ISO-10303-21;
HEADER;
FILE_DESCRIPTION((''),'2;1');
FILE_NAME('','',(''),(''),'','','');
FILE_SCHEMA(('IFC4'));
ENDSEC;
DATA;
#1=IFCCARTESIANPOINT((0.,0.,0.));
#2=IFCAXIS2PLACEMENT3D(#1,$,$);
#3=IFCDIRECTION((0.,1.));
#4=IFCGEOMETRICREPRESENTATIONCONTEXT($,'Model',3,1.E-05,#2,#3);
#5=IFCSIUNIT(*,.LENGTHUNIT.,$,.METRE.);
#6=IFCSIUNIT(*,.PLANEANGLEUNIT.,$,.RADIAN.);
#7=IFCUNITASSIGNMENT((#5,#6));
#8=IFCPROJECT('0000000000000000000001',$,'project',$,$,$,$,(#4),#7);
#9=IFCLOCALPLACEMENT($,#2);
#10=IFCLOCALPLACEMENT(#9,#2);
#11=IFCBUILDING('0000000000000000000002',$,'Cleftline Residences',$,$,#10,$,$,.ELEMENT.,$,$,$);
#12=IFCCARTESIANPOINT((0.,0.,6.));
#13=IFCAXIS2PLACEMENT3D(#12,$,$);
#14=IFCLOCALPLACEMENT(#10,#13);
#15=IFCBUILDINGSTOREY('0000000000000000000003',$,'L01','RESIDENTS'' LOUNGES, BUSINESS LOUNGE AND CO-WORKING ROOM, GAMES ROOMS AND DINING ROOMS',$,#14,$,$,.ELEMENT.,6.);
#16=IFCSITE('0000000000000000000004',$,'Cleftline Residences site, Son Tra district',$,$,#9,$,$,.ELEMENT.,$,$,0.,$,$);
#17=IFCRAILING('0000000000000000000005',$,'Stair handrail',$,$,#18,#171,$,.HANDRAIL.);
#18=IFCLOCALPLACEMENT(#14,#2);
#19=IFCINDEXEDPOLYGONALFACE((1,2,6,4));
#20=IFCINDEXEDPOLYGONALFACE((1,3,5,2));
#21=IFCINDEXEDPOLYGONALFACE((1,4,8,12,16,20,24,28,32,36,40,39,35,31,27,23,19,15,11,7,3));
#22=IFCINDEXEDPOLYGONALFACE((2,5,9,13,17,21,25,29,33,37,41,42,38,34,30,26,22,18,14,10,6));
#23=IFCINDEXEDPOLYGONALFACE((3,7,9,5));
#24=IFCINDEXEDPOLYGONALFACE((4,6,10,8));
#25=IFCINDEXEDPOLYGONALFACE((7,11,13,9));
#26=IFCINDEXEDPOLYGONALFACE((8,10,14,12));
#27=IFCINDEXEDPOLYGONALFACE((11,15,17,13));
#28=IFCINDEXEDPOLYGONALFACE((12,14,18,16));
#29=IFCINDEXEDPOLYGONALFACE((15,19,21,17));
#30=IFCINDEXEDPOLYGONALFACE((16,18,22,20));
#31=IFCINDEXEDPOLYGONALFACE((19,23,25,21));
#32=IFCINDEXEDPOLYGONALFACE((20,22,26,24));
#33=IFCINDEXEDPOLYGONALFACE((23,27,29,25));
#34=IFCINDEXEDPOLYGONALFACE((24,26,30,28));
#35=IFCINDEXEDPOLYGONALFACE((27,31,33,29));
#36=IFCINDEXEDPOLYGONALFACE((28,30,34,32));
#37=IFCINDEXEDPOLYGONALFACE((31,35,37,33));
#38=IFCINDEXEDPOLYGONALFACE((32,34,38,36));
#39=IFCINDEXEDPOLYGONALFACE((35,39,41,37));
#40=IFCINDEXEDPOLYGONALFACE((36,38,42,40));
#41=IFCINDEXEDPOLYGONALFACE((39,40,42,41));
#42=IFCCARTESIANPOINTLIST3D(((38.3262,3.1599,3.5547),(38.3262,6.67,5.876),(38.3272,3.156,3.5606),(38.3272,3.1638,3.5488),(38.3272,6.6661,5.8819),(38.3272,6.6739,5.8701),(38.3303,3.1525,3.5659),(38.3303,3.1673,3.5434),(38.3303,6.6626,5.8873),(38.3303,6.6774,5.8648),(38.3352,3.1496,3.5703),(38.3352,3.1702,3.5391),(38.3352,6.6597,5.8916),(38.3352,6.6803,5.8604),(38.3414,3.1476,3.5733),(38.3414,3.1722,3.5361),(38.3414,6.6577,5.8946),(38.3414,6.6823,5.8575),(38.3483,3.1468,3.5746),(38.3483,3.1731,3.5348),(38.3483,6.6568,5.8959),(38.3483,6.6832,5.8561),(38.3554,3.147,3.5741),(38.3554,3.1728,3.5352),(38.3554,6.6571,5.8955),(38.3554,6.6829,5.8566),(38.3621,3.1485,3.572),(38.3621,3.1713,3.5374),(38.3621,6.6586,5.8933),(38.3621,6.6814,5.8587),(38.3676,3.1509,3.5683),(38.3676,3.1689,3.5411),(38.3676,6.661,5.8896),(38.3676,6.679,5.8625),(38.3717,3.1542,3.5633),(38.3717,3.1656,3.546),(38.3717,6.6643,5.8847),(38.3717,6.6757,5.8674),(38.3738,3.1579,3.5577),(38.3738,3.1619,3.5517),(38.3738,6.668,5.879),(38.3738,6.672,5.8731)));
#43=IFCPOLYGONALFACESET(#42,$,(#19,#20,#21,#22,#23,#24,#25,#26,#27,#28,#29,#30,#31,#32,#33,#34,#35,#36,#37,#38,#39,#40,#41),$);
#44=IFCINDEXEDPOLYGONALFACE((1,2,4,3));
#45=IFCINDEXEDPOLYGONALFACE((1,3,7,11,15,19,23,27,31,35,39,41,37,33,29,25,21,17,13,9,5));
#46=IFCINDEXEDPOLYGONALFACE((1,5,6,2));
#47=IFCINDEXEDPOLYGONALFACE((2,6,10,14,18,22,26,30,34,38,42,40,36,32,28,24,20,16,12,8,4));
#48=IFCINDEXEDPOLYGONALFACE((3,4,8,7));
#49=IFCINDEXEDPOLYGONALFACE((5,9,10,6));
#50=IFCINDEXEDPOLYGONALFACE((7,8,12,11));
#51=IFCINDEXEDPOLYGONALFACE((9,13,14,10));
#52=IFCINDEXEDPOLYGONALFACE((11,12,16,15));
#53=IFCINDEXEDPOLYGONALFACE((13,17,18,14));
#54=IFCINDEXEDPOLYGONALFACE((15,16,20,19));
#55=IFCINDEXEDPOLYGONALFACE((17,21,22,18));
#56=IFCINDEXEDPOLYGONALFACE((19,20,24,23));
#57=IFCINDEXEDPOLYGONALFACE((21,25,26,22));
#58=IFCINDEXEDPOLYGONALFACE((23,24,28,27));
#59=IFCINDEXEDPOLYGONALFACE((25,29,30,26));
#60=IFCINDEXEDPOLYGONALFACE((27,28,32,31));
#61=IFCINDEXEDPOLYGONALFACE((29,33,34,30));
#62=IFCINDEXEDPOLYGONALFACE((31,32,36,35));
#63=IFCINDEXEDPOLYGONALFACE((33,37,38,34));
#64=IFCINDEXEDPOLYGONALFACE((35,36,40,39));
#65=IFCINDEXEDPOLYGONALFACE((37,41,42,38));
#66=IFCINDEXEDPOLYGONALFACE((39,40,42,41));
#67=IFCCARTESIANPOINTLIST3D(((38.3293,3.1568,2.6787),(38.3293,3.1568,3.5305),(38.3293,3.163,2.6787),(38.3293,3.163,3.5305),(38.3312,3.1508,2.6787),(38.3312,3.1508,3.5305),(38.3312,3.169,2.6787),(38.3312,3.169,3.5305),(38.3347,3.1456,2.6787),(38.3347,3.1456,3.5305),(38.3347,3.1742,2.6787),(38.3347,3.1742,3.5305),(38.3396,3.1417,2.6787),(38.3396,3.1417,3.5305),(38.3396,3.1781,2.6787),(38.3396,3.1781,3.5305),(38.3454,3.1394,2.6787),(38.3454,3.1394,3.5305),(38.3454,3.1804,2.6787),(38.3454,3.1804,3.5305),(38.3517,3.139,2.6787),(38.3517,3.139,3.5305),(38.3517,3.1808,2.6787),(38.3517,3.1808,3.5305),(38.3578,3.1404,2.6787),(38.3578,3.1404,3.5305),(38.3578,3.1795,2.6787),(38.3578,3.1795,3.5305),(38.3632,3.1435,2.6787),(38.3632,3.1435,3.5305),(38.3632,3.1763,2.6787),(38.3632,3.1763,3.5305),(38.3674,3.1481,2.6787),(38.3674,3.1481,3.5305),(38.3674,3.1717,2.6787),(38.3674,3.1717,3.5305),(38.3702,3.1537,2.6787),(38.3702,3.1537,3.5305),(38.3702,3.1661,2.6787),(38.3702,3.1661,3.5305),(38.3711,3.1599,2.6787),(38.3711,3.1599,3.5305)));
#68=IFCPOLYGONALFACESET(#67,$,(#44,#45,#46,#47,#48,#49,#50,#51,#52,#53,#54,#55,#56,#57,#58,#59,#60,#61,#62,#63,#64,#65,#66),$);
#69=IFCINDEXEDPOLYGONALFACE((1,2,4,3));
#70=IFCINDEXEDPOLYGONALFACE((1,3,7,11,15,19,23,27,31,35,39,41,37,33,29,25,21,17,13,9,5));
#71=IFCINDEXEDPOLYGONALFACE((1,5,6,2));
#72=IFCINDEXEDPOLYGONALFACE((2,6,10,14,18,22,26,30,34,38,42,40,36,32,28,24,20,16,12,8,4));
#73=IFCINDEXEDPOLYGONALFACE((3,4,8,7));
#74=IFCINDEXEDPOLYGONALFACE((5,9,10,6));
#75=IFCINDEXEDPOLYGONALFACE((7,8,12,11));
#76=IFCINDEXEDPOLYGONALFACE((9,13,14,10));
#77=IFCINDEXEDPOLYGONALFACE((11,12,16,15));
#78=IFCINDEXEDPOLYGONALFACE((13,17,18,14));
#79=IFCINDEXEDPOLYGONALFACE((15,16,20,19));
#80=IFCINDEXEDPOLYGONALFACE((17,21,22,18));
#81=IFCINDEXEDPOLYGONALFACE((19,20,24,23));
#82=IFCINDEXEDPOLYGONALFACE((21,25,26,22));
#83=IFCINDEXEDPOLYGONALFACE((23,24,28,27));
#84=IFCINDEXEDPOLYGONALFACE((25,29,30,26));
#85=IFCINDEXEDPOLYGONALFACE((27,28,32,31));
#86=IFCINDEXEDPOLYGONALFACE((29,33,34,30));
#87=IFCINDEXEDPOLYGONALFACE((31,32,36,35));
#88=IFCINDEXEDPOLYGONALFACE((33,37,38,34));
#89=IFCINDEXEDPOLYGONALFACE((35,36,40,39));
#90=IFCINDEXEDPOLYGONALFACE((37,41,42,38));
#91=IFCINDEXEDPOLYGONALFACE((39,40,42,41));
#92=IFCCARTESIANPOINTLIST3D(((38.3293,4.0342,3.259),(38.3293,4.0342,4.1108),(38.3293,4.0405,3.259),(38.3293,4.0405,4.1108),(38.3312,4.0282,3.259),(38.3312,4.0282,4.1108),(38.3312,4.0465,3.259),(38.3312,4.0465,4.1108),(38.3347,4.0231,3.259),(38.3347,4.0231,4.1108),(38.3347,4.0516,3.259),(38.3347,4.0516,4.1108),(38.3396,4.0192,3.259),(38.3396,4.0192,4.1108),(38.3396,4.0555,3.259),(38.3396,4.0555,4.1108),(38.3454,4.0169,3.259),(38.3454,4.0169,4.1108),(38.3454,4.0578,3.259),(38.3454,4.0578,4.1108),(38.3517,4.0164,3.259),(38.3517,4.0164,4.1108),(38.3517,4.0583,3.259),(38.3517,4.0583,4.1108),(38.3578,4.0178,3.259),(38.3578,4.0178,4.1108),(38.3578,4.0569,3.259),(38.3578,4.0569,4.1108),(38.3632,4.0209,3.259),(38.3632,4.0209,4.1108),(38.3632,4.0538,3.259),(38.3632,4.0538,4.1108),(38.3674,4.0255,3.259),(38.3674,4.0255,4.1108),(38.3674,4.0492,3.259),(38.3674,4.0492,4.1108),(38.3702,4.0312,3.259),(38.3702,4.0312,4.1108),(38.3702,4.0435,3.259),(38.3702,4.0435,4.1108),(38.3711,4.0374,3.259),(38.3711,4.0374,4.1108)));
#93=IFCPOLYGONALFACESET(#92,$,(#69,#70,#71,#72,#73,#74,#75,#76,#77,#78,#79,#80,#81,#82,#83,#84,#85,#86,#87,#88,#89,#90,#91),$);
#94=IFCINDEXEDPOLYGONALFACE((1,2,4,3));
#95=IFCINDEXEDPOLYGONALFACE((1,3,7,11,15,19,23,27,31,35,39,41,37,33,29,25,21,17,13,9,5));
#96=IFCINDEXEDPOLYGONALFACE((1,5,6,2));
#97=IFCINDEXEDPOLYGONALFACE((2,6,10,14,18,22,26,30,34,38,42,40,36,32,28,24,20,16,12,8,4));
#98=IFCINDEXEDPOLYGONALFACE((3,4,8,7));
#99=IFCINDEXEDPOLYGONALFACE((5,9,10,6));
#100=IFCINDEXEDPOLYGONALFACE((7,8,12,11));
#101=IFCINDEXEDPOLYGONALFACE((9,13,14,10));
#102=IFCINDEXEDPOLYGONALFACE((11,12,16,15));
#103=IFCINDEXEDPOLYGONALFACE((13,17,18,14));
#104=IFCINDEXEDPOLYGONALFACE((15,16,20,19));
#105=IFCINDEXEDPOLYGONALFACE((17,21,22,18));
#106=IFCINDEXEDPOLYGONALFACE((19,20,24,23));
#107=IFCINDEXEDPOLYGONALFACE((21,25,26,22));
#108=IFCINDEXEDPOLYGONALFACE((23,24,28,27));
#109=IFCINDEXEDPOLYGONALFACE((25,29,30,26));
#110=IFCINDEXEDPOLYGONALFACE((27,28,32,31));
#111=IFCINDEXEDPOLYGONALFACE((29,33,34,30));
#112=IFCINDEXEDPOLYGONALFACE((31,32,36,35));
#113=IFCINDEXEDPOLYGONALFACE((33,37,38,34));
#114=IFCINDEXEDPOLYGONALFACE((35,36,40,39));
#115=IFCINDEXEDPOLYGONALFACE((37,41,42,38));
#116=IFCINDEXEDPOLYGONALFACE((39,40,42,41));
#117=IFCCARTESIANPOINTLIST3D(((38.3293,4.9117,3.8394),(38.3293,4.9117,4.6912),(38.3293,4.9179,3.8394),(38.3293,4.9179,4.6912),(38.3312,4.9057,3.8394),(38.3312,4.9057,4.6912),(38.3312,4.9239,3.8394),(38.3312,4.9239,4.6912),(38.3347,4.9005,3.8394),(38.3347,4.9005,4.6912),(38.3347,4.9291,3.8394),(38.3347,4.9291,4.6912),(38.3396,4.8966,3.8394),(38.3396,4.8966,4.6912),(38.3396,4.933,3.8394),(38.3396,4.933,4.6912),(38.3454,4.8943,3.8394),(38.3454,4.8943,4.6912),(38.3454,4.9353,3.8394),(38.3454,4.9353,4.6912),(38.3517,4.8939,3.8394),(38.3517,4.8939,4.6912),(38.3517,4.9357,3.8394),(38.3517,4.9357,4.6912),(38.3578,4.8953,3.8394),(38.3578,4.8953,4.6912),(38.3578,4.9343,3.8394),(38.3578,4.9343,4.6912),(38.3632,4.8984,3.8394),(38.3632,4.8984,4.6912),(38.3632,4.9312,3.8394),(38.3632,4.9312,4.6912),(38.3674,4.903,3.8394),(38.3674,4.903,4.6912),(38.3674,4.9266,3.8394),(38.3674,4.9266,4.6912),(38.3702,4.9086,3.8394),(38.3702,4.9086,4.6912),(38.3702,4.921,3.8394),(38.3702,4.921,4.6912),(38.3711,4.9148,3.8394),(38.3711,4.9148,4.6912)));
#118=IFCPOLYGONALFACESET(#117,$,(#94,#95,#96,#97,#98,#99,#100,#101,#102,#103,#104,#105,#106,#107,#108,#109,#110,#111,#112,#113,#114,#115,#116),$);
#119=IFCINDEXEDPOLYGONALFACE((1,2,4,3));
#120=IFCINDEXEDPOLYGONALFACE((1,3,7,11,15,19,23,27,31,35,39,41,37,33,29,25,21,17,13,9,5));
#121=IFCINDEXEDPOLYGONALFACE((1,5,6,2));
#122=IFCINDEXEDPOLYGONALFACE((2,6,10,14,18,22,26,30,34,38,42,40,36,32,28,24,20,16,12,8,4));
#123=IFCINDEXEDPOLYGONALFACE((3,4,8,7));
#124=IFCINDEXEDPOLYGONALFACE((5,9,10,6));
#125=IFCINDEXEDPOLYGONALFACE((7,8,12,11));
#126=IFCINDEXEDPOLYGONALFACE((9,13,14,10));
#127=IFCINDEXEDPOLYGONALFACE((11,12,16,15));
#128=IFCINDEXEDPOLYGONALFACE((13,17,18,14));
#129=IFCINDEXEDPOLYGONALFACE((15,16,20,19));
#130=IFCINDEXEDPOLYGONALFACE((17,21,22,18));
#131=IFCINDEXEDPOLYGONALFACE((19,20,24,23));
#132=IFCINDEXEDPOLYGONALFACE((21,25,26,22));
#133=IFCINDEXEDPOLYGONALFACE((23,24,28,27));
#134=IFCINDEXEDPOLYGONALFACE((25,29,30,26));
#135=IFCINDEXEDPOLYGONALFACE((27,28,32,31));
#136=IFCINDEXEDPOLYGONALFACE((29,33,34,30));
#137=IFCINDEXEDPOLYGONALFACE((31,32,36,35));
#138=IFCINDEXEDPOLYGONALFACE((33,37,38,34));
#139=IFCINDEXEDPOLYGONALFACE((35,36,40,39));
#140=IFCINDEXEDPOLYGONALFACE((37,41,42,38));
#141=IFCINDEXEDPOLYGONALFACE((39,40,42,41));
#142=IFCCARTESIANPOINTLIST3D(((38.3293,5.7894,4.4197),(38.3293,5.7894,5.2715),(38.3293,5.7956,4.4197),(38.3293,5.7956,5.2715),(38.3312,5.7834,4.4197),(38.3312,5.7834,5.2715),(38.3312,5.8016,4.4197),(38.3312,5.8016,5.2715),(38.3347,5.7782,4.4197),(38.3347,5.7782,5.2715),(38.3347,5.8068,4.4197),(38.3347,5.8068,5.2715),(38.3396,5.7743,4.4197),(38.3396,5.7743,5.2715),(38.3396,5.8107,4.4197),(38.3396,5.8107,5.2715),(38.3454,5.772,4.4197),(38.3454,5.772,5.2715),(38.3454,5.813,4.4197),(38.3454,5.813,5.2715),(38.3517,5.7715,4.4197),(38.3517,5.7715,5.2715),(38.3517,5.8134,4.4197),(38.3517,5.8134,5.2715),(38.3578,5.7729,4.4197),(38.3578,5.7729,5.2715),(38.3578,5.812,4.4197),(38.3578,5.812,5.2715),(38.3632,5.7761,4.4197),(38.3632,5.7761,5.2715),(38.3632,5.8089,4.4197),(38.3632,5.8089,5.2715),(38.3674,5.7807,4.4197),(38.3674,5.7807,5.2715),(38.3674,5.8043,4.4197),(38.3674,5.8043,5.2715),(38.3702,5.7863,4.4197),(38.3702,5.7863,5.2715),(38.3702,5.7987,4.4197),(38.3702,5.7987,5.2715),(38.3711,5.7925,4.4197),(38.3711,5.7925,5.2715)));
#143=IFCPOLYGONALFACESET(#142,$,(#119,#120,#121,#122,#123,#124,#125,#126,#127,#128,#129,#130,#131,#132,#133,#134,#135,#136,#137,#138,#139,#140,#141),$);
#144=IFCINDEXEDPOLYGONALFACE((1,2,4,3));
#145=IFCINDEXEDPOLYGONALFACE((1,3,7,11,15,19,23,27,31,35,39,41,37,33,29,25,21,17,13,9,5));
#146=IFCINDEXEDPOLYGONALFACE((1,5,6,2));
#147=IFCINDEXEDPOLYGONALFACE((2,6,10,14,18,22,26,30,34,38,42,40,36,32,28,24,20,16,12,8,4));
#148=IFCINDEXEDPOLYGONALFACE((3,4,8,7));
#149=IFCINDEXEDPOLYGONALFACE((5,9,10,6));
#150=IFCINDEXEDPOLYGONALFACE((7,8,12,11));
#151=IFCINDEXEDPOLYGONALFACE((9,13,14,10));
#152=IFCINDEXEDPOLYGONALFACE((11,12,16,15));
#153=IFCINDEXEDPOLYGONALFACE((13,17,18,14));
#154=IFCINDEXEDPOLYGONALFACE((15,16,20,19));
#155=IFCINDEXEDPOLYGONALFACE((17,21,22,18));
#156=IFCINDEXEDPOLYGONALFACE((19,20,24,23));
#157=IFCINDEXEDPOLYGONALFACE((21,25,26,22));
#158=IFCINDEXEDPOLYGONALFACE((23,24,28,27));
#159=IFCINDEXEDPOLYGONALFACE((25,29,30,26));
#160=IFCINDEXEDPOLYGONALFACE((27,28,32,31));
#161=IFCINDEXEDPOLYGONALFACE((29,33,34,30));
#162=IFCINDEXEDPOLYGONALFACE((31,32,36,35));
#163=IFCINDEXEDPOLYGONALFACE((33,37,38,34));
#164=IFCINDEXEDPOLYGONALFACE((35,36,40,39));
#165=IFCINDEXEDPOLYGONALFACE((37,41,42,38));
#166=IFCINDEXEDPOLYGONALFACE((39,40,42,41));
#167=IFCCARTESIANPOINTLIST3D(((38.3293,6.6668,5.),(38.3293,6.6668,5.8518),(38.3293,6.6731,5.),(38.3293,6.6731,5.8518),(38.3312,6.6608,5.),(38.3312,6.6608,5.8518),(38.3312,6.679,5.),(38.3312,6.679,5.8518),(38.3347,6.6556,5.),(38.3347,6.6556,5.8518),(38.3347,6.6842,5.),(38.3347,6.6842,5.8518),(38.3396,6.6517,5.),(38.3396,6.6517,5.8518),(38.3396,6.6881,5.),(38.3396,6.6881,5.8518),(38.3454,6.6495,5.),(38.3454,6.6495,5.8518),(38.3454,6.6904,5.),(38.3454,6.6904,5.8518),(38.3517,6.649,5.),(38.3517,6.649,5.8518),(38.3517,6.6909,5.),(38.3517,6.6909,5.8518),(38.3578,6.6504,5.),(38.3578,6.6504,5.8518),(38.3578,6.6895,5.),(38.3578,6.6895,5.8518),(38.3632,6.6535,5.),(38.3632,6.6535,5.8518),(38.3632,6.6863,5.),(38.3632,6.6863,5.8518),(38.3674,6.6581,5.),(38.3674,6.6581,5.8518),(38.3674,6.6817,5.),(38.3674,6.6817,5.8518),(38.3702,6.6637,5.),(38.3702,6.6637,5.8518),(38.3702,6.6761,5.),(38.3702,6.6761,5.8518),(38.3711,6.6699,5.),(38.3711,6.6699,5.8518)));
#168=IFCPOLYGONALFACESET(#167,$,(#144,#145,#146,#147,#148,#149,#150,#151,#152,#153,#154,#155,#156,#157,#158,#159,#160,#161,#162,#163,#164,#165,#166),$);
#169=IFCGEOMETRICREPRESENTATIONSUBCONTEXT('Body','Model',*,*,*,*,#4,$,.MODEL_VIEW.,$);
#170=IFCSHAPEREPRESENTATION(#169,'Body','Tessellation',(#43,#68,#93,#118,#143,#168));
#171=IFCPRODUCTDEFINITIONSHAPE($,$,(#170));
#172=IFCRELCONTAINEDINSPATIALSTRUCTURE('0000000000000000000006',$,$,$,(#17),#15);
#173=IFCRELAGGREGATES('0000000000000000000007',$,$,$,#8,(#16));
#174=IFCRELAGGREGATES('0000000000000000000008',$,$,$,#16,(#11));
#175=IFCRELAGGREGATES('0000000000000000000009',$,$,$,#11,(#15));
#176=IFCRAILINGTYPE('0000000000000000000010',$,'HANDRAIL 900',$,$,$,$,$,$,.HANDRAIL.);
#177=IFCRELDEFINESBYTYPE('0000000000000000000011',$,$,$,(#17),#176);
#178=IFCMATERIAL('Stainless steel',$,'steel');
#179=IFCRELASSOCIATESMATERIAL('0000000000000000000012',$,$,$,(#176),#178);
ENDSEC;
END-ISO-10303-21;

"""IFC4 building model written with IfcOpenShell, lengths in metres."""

from ifc_helpers import new_model, si_unit, direction, frame, origin, origin_2d, place, context, subcontext, project, spatial, circle, extrude, material, type_object, element, save


model = new_model("IFC4")

# Units and contexts
model_context = context("Model", 3, precision=1e-05, world=origin(), true_north=direction((0.0, 1.0)))
body_context = subcontext(model_context, "Body", "Model", "MODEL_VIEW")
ifc_project = project(units=[si_unit("LENGTHUNIT", "METRE"), si_unit("PLANEANGLEUNIT", "RADIAN")], contexts=[model_context])

# Site, building, storey
site_placement = place(None, origin())
site = spatial("IfcSite", under=ifc_project, at=site_placement, Name="Cleftline Residences site, Son Tra district", CompositionType="ELEMENT", RefElevation=0.0)
building_placement = place(site_placement, origin())
building = spatial("IfcBuilding", under=site, at=building_placement, Name="Cleftline Residences", CompositionType="ELEMENT")
storey_placement = place(building_placement, frame((0.0, 0.0, 6.0)))
storey = spatial("IfcBuildingStorey", under=building, at=storey_placement, Name="L01", Description="RESIDENTS' LOUNGES, BUSINESS LOUNGE AND CO-WORKING ROOM, GAMES ROOMS AND DINING ROOMS", CompositionType="ELEMENT", Elevation=6.0)

# Railing
ifc_material_1 = material(Name="Stainless steel", Category="steel")
railing_type = type_object("IfcRailingType", Name="HANDRAIL 900", PredefinedType="HANDRAIL", material=ifc_material_1)
railing_1_placement = place(storey_placement, frame((38.3501, 3.1599, 2.6787)))
element("IfcRailing", 1, at=railing_1_placement, inside=storey, type_object=railing_type, Name="Stair handrail", PredefinedType="HANDRAIL", context=body_context, shape_type="SweptSolid", body=[
    extrude(circle(Radius=0.0239, at=origin_2d()), frame((0.0, 0.0, 0.876), z_axis=(0.0, 0.834097, 0.551617), x_axis=(-1.0, 0.0, 0.0)), (0.0, 0.0, 1.0), 4.2083),
    extrude(circle(Radius=0.021, at=origin_2d()), origin(), (0.0, 0.0, 1.0), 0.8518),
    extrude(circle(Radius=0.021, at=origin_2d()), frame((0.0, 0.8774, 0.5803)), (0.0, 0.0, 1.0), 0.8518),
    extrude(circle(Radius=0.021, at=origin_2d()), frame((0.0, 1.7549, 1.1606)), (0.0, 0.0, 1.0), 0.8518),
    extrude(circle(Radius=0.021, at=origin_2d()), frame((0.0, 2.6326, 1.741)), (0.0, 0.0, 1.0), 0.8518),
    extrude(circle(Radius=0.021, at=origin_2d()), frame((0.0, 3.51, 2.3213)), (0.0, 0.0, 1.0), 0.8518),
])

save(model, "model.ifc")
